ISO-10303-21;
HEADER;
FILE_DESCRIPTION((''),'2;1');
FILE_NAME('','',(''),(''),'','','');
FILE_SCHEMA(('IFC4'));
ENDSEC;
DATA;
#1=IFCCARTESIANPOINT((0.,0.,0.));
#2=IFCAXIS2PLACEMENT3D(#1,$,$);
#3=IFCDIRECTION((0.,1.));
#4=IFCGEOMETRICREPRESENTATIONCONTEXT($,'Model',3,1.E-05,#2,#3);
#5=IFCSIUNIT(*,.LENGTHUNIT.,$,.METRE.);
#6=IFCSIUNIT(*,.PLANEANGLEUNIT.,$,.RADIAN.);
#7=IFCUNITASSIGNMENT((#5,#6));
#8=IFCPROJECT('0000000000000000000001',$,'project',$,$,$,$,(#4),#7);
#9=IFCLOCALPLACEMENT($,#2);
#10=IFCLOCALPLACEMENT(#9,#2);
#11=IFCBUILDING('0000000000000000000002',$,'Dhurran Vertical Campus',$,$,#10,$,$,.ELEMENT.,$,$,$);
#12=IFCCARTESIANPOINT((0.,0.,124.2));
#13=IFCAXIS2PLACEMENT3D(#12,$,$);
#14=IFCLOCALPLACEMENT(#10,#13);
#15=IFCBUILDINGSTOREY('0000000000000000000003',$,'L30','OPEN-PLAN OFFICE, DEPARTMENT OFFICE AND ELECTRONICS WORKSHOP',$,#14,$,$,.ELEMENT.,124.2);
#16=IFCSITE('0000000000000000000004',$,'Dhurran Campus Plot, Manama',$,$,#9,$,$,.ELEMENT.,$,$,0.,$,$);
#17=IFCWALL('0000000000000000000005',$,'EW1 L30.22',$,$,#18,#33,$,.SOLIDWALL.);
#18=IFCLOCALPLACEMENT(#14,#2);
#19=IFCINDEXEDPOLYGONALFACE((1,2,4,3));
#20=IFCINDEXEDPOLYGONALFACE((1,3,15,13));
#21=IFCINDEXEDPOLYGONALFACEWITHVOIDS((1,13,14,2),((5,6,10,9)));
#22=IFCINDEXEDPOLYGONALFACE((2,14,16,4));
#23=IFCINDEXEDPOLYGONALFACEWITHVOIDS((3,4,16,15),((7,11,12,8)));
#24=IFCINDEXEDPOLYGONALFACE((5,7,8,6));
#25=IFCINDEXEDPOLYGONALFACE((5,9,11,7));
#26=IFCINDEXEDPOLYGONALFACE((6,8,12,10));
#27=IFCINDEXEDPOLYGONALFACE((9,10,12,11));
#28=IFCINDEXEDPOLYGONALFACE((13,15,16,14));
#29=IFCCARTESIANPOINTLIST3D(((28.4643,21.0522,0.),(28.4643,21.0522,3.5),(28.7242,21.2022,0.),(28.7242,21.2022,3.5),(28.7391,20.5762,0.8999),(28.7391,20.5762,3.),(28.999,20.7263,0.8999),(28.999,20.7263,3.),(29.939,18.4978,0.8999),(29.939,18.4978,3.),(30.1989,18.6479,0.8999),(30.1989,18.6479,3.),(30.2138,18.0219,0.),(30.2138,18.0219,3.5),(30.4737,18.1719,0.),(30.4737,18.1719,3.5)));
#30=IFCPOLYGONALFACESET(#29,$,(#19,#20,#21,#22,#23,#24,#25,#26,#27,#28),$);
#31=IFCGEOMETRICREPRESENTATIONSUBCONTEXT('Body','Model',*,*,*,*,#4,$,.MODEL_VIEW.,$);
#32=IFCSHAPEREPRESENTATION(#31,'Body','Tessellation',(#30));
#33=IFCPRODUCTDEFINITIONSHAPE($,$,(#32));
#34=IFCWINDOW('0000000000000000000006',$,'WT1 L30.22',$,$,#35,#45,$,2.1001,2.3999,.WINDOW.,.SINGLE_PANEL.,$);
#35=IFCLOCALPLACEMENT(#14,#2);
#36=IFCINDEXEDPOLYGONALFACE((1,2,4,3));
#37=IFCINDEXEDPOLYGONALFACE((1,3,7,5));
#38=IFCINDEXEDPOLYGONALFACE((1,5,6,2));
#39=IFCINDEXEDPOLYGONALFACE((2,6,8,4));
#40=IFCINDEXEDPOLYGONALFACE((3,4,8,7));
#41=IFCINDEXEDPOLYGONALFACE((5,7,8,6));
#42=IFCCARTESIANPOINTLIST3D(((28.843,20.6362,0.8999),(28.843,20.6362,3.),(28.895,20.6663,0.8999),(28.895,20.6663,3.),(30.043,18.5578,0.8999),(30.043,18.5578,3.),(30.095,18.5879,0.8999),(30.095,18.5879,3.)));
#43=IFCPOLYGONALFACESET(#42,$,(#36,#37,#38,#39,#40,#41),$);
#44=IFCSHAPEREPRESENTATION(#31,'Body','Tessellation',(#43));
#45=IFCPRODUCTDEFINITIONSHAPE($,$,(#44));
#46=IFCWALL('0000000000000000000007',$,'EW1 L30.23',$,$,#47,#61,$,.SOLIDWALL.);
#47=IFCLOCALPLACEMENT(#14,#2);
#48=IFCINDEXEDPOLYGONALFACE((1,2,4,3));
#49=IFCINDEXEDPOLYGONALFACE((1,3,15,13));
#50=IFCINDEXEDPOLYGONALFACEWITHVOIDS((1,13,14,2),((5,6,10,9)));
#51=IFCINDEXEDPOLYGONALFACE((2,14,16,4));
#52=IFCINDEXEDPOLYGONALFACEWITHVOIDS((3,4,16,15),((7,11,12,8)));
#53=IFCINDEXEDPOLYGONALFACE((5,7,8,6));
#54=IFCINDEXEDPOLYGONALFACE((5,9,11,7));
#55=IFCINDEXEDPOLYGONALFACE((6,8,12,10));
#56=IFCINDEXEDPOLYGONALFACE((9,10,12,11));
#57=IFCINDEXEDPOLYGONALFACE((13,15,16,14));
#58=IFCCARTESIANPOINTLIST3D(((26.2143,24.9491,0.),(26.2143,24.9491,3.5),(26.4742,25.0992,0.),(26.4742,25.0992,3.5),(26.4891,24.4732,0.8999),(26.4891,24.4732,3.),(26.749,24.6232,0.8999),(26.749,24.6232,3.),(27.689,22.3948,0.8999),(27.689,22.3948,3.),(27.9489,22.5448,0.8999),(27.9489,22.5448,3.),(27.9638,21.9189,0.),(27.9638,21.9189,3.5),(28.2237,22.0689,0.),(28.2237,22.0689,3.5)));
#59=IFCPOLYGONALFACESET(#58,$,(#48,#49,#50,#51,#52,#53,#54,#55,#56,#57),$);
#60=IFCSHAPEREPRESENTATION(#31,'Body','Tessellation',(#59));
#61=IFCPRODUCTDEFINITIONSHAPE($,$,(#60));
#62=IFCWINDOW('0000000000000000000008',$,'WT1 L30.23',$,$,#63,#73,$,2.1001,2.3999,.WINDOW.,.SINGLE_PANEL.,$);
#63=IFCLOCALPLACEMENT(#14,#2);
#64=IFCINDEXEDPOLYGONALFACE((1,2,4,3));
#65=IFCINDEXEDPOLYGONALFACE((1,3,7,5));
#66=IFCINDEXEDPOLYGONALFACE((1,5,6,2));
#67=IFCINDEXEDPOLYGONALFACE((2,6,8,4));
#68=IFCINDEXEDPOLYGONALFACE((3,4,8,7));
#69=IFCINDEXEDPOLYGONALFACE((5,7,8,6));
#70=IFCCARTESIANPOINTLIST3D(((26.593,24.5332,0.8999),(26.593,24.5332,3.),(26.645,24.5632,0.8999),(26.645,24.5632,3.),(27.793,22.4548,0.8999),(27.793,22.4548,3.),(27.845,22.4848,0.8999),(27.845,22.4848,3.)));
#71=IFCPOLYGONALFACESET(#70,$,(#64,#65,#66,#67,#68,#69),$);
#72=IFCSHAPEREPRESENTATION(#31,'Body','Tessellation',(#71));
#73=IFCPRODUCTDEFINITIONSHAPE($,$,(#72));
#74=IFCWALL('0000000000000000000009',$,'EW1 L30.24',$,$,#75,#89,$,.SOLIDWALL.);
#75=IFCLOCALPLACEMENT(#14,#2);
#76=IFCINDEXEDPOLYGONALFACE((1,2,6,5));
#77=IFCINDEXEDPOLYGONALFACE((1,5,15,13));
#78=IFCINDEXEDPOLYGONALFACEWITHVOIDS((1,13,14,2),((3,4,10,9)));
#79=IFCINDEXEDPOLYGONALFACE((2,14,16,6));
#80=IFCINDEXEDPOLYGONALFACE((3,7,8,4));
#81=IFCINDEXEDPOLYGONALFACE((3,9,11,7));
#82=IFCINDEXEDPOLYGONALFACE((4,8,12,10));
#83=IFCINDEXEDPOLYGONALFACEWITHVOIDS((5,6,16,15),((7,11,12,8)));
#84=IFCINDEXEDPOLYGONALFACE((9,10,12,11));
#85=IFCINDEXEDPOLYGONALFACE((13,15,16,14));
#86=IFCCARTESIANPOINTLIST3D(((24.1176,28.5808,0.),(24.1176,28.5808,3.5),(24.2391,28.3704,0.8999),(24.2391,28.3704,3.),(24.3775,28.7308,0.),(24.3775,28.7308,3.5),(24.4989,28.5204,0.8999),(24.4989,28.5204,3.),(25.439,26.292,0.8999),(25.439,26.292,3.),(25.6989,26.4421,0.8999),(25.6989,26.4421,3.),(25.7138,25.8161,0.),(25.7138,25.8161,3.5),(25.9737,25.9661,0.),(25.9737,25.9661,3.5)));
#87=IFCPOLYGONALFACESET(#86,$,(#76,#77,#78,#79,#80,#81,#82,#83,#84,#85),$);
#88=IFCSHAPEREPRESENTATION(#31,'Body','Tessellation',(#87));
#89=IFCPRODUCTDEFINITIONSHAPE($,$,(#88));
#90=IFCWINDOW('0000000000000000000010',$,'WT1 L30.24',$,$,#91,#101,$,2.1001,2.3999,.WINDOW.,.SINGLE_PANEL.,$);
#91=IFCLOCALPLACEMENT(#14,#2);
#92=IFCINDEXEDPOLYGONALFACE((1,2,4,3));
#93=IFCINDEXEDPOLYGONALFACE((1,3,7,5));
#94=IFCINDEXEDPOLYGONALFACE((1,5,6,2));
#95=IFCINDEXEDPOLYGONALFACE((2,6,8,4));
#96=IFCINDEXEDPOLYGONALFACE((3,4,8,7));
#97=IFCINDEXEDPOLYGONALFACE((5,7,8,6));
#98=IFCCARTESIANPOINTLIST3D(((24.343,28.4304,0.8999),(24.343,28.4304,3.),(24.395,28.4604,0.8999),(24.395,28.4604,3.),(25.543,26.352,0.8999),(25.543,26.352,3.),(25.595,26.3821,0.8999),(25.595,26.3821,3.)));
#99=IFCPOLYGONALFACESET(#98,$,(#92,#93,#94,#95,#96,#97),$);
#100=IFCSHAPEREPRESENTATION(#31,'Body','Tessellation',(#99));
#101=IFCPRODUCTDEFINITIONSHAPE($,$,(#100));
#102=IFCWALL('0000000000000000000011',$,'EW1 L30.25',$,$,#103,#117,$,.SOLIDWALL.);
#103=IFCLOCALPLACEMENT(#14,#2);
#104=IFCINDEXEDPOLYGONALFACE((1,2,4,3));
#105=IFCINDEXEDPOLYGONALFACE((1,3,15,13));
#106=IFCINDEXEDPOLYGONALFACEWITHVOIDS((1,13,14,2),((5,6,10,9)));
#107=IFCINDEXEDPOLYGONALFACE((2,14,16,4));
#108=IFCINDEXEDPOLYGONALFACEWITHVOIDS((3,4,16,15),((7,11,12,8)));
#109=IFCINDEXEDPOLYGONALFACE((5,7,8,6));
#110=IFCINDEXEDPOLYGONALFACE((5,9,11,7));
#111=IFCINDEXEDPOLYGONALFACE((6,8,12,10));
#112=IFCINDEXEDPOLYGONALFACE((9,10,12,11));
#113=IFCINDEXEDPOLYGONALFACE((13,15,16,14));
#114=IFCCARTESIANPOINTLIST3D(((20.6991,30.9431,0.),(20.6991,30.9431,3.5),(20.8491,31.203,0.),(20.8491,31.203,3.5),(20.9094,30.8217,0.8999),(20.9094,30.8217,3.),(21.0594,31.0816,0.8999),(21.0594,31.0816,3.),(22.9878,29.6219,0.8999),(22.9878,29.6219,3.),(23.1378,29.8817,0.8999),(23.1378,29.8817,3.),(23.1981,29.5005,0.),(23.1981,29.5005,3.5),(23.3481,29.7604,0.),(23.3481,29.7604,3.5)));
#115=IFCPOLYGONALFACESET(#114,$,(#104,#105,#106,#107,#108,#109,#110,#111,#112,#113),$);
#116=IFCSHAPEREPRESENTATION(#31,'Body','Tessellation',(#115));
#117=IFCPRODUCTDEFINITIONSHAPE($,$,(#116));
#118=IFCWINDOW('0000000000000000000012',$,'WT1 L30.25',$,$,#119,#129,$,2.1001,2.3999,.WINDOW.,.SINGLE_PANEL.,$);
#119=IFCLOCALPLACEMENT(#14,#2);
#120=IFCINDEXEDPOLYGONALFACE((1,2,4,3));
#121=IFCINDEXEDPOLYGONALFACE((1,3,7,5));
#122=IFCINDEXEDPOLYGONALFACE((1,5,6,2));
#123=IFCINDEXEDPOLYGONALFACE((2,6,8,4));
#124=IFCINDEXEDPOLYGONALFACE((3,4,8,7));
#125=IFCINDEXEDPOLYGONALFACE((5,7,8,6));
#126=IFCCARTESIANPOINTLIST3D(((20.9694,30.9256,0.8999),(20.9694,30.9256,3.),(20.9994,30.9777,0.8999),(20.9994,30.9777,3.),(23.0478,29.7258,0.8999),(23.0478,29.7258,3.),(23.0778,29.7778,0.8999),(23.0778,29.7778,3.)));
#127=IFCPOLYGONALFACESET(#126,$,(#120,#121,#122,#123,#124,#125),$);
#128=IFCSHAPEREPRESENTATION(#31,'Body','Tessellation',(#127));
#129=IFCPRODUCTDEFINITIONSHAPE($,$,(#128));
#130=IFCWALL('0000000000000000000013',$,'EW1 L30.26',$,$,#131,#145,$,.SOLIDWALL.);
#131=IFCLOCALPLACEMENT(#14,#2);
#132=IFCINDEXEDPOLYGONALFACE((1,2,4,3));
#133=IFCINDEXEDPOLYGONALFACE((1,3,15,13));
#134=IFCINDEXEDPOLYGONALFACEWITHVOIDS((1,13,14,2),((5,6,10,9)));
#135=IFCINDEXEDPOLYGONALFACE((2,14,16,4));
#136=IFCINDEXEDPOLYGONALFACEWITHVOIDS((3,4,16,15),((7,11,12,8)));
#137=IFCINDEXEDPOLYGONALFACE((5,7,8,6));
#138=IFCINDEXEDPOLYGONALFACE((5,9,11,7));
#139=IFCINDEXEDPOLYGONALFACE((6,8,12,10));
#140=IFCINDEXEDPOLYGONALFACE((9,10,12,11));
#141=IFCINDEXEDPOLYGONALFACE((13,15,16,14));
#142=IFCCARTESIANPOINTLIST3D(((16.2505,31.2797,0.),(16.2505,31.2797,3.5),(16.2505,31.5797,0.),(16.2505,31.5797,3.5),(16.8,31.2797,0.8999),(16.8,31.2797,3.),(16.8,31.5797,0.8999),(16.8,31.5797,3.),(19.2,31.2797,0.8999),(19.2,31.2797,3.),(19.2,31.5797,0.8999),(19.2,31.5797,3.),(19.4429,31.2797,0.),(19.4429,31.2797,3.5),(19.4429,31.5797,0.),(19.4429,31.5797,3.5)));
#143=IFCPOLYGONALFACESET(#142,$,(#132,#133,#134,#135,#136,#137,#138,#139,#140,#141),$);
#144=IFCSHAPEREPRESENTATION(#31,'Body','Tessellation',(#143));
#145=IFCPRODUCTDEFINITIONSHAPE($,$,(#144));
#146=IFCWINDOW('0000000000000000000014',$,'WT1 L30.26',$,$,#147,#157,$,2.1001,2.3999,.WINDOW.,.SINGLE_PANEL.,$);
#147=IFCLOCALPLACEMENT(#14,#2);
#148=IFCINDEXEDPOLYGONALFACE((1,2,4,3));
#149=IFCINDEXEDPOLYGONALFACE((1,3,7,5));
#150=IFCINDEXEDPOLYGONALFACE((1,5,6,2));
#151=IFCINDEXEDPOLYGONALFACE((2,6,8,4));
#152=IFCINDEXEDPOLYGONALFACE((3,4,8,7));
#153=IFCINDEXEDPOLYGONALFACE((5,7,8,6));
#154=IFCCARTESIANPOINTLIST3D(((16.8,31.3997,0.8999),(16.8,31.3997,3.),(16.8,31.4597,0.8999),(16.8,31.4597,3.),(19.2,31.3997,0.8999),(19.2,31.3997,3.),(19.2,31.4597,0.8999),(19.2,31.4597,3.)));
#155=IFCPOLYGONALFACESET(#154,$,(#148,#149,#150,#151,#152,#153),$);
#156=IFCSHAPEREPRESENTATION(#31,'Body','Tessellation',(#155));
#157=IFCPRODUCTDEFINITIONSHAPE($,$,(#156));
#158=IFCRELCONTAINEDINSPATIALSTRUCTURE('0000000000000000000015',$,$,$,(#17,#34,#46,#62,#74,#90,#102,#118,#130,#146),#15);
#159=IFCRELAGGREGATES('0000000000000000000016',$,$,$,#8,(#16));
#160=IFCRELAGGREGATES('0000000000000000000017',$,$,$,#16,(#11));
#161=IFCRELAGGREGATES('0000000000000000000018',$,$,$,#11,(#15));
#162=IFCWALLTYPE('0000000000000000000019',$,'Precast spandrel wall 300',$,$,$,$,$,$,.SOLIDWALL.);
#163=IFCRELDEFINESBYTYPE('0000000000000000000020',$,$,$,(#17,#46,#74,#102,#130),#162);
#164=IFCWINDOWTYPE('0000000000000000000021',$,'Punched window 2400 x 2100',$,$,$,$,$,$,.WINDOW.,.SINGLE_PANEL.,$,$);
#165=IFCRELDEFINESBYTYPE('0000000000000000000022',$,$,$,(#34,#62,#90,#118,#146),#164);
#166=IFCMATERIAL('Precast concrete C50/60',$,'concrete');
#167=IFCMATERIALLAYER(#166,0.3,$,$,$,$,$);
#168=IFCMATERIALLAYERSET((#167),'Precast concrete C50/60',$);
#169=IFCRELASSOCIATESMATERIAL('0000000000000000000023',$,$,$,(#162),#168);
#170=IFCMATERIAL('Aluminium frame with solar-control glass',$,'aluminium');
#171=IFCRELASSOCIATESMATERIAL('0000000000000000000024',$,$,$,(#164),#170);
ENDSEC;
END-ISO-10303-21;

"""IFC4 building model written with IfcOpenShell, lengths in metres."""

from ifc_helpers import new_model, si_unit, direction, frame, frame_2d, origin, place, context, subcontext, project, spatial, rectangle, extrude, material, layer, layer_set, type_object, element, fill, save


model = new_model("IFC4")

# Units and contexts
model_context = context("Model", 3, precision=1e-05, world=origin(), true_north=direction((0.0, 1.0)))
body_context = subcontext(model_context, "Body", "Model", "MODEL_VIEW")
ifc_project = project(units=[si_unit("LENGTHUNIT", "METRE"), si_unit("PLANEANGLEUNIT", "RADIAN")], contexts=[model_context])

# Site, building, storey
site_placement = place(None, origin())
site = spatial("IfcSite", under=ifc_project, at=site_placement, Name="Dhurran Campus Plot, Manama", CompositionType="ELEMENT", RefElevation=0.0)
building_placement = place(site_placement, origin())
building = spatial("IfcBuilding", under=site, at=building_placement, Name="Dhurran Vertical Campus", CompositionType="ELEMENT")
storey_placement = place(building_placement, frame((0.0, 0.0, 124.2)))
storey = spatial("IfcBuildingStorey", under=building, at=storey_placement, Name="L30", Description="OPEN-PLAN OFFICE, DEPARTMENT OFFICE AND ELECTRONICS WORKSHOP", CompositionType="ELEMENT", Elevation=124.2)

# Walls, openings, windows
ifc_material_1 = material(Name="Precast concrete C50/60", Category="concrete")
ifc_layer_1 = layer(ifc_material_1, 0.3)
ifc_layer_set_1 = layer_set([ifc_layer_1], Name="Precast concrete C50/60")
wall_type_1 = type_object("IfcWallType", Name="Precast spandrel wall 300", PredefinedType="SOLIDWALL", material=ifc_layer_set_1)
ifc_material_2 = material(Name="Aluminium frame with solar-control glass", Category="aluminium")
window_type = type_object("IfcWindowType", Name="Punched window 2400 x 2100", PartitioningType="SINGLE_PANEL", PredefinedType="WINDOW", material=ifc_material_2)
wall_1_placement = place(storey_placement, frame((30.3438, 18.0969, 0.0), z_axis=(0.0, 0.0, 1.0), x_axis=(-0.499996, 0.866028, 0.0)))
wall_1 = element("IfcWall", 1, at=wall_1_placement, inside=storey, type_object=wall_type_1, Name="EW1 L30.22", PredefinedType="SOLIDWALL", context=body_context, shape_type="SweptSolid", body=[
    extrude(rectangle(XDim=3.499, YDim=0.3, at=frame_2d((1.7495, 0.0))), origin(), (0.0, 0.0, 1.0), 3.5),
])
opening_1_placement = place(wall_1_placement, frame((0.5496, 0.0, 0.8999)))
opening_1 = element("IfcOpeningElement", 2, at=opening_1_placement, cuts=wall_1, PredefinedType="OPENING", context=body_context, shape_type="SweptSolid", body=[
    extrude(rectangle(XDim=2.3999, YDim=2.1001, at=frame_2d((1.2, 1.05))), frame((0.0, 0.1599, 0.0), z_axis=(0.0, -1.0, 0.0), x_axis=(1.0, 0.0, 0.0)), (0.0, 0.0, 1.0), 0.3201),
])
window_1_placement = place(opening_1_placement, origin())
window_1 = element("IfcWindow", 3, at=window_1_placement, inside=storey, type_object=window_type, Name="WT1 L30.22", OverallHeight=2.1001, OverallWidth=2.3999, PartitioningType="SINGLE_PANEL", PredefinedType="WINDOW", context=body_context, shape_type="SweptSolid", body=[
    extrude(rectangle(XDim=2.3999, YDim=2.1001, at=frame_2d((1.2, 1.05))), frame((0.0, 0.03, 0.0), z_axis=(0.0, -1.0, 0.0), x_axis=(1.0, 0.0, 0.0)), (0.0, 0.0, 1.0), 0.0601),
])
fill(opening_1, window_1)
wall_2_placement = place(storey_placement, frame((28.0938, 21.9939, 0.0), z_axis=(0.0, 0.0, 1.0), x_axis=(-0.499996, 0.866028, 0.0)))
wall_2 = element("IfcWall", 4, at=wall_2_placement, inside=storey, type_object=wall_type_1, Name="EW1 L30.23", PredefinedType="SOLIDWALL", context=body_context, shape_type="SweptSolid", body=[
    extrude(rectangle(XDim=3.499, YDim=0.3, at=frame_2d((1.7495, 0.0))), origin(), (0.0, 0.0, 1.0), 3.5),
])
opening_2_placement = place(wall_2_placement, frame((0.5496, 0.0, 0.8999)))
opening_2 = element("IfcOpeningElement", 5, at=opening_2_placement, cuts=wall_2, PredefinedType="OPENING", context=body_context, shape_type="SweptSolid", body=[
    extrude(rectangle(XDim=2.3999, YDim=2.1001, at=frame_2d((1.2, 1.05))), frame((0.0, 0.1599, 0.0), z_axis=(0.0, -1.0, 0.0), x_axis=(1.0, 0.0, 0.0)), (0.0, 0.0, 1.0), 0.3201),
])
window_2_placement = place(opening_2_placement, origin())
window_2 = element("IfcWindow", 6, at=window_2_placement, inside=storey, type_object=window_type, Name="WT1 L30.23", OverallHeight=2.1001, OverallWidth=2.3999, PartitioningType="SINGLE_PANEL", PredefinedType="WINDOW", context=body_context, shape_type="SweptSolid", body=[
    extrude(rectangle(XDim=2.3999, YDim=2.1001, at=frame_2d((1.2, 1.05))), frame((0.0, 0.03, 0.0), z_axis=(0.0, -1.0, 0.0), x_axis=(1.0, 0.0, 0.0)), (0.0, 0.0, 1.0), 0.0601),
])
fill(opening_2, window_2)
wall_3_placement = place(storey_placement, frame((25.8438, 25.8911, 0.0), z_axis=(0.0, 0.0, 1.0), x_axis=(-0.500005, 0.866023, 0.0)))
wall_3 = element("IfcWall", 7, at=wall_3_placement, inside=storey, type_object=wall_type_1, Name="EW1 L30.24", PredefinedType="SOLIDWALL", context=body_context, shape_type="SweptSolid", body=[
    extrude(rectangle(XDim=3.1924, YDim=0.3, at=frame_2d((1.5962, 0.0))), origin(), (0.0, 0.0, 1.0), 3.5),
])
opening_3_placement = place(wall_3_placement, frame((0.5496, 0.0, 0.8999)))
opening_3 = element("IfcOpeningElement", 8, at=opening_3_placement, cuts=wall_3, PredefinedType="OPENING", context=body_context, shape_type="SweptSolid", body=[
    extrude(rectangle(XDim=2.3999, YDim=2.1001, at=frame_2d((1.2, 1.05))), frame((0.0, 0.1599, 0.0), z_axis=(0.0, -1.0, 0.0), x_axis=(1.0, 0.0, 0.0)), (0.0, 0.0, 1.0), 0.3201),
])
window_3_placement = place(opening_3_placement, origin())
window_3 = element("IfcWindow", 9, at=window_3_placement, inside=storey, type_object=window_type, Name="WT1 L30.24", OverallHeight=2.1001, OverallWidth=2.3999, PartitioningType="SINGLE_PANEL", PredefinedType="WINDOW", context=body_context, shape_type="SweptSolid", body=[
    extrude(rectangle(XDim=2.3999, YDim=2.1001, at=frame_2d((1.2, 1.05))), frame((0.0, 0.03, 0.0), z_axis=(0.0, -1.0, 0.0), x_axis=(1.0, 0.0, 0.0)), (0.0, 0.0, 1.0), 0.0601),
])
fill(opening_3, window_3)
wall_4_placement = place(storey_placement, frame((23.2732, 29.6304, 0.0), z_axis=(0.0, 0.0, 1.0), x_axis=(-0.866053, 0.499952, 0.0)))
wall_4 = element("IfcWall", 10, at=wall_4_placement, inside=storey, type_object=wall_type_1, Name="EW1 L30.25", PredefinedType="SOLIDWALL", context=body_context, shape_type="SweptSolid", body=[
    extrude(rectangle(XDim=2.8855, YDim=0.3, at=frame_2d((1.4429, 0.0))), origin(), (0.0, 0.0, 1.0), 3.5),
])
opening_4_placement = place(wall_4_placement, frame((0.2429, 0.0, 0.8999)))
opening_4 = element("IfcOpeningElement", 11, at=opening_4_placement, cuts=wall_4, PredefinedType="OPENING", context=body_context, shape_type="SweptSolid", body=[
    extrude(rectangle(XDim=2.3999, YDim=2.1001, at=frame_2d((1.2, 1.05))), frame((0.0, 0.1599, 0.0), z_axis=(0.0, -1.0, 0.0), x_axis=(1.0, 0.0, 0.0)), (0.0, 0.0, 1.0), 0.3201),
])
window_4_placement = place(opening_4_placement, origin())
window_4 = element("IfcWindow", 12, at=window_4_placement, inside=storey, type_object=window_type, Name="WT1 L30.25", OverallHeight=2.1001, OverallWidth=2.3999, PartitioningType="SINGLE_PANEL", PredefinedType="WINDOW", context=body_context, shape_type="SweptSolid", body=[
    extrude(rectangle(XDim=2.3999, YDim=2.1001, at=frame_2d((1.2, 1.05))), frame((0.0, 0.03, 0.0), z_axis=(0.0, -1.0, 0.0), x_axis=(1.0, 0.0, 0.0)), (0.0, 0.0, 1.0), 0.0601),
])
fill(opening_4, window_4)
wall_5_placement = place(storey_placement, frame((19.4429, 31.4297, 0.0), z_axis=(0.0, 0.0, 1.0), x_axis=(-1.0, 0.0, 0.0)))
wall_5 = element("IfcWall", 13, at=wall_5_placement, inside=storey, type_object=wall_type_1, Name="EW1 L30.26", PredefinedType="SOLIDWALL", context=body_context, shape_type="SweptSolid", body=[
    extrude(rectangle(XDim=3.1924, YDim=0.3, at=frame_2d((1.5962, 0.0))), origin(), (0.0, 0.0, 1.0), 3.5),
])
opening_5_placement = place(wall_5_placement, frame((0.2429, 0.0, 0.8999)))
opening_5 = element("IfcOpeningElement", 14, at=opening_5_placement, cuts=wall_5, PredefinedType="OPENING", context=body_context, shape_type="SweptSolid", body=[
    extrude(rectangle(XDim=2.3999, YDim=2.1001, at=frame_2d((1.2, 1.05))), frame((0.0, 0.1599, 0.0), z_axis=(0.0, -1.0, 0.0), x_axis=(1.0, 0.0, 0.0)), (0.0, 0.0, 1.0), 0.3201),
])
window_5_placement = place(opening_5_placement, origin())
window_5 = element("IfcWindow", 15, at=window_5_placement, inside=storey, type_object=window_type, Name="WT1 L30.26", OverallHeight=2.1001, OverallWidth=2.3999, PartitioningType="SINGLE_PANEL", PredefinedType="WINDOW", context=body_context, shape_type="SweptSolid", body=[
    extrude(rectangle(XDim=2.3999, YDim=2.1001, at=frame_2d((1.2, 1.05))), frame((0.0, 0.03, 0.0), z_axis=(0.0, -1.0, 0.0), x_axis=(1.0, 0.0, 0.0)), (0.0, 0.0, 1.0), 0.0601),
])
fill(opening_5, window_5)

save(model, "model.ifc")
